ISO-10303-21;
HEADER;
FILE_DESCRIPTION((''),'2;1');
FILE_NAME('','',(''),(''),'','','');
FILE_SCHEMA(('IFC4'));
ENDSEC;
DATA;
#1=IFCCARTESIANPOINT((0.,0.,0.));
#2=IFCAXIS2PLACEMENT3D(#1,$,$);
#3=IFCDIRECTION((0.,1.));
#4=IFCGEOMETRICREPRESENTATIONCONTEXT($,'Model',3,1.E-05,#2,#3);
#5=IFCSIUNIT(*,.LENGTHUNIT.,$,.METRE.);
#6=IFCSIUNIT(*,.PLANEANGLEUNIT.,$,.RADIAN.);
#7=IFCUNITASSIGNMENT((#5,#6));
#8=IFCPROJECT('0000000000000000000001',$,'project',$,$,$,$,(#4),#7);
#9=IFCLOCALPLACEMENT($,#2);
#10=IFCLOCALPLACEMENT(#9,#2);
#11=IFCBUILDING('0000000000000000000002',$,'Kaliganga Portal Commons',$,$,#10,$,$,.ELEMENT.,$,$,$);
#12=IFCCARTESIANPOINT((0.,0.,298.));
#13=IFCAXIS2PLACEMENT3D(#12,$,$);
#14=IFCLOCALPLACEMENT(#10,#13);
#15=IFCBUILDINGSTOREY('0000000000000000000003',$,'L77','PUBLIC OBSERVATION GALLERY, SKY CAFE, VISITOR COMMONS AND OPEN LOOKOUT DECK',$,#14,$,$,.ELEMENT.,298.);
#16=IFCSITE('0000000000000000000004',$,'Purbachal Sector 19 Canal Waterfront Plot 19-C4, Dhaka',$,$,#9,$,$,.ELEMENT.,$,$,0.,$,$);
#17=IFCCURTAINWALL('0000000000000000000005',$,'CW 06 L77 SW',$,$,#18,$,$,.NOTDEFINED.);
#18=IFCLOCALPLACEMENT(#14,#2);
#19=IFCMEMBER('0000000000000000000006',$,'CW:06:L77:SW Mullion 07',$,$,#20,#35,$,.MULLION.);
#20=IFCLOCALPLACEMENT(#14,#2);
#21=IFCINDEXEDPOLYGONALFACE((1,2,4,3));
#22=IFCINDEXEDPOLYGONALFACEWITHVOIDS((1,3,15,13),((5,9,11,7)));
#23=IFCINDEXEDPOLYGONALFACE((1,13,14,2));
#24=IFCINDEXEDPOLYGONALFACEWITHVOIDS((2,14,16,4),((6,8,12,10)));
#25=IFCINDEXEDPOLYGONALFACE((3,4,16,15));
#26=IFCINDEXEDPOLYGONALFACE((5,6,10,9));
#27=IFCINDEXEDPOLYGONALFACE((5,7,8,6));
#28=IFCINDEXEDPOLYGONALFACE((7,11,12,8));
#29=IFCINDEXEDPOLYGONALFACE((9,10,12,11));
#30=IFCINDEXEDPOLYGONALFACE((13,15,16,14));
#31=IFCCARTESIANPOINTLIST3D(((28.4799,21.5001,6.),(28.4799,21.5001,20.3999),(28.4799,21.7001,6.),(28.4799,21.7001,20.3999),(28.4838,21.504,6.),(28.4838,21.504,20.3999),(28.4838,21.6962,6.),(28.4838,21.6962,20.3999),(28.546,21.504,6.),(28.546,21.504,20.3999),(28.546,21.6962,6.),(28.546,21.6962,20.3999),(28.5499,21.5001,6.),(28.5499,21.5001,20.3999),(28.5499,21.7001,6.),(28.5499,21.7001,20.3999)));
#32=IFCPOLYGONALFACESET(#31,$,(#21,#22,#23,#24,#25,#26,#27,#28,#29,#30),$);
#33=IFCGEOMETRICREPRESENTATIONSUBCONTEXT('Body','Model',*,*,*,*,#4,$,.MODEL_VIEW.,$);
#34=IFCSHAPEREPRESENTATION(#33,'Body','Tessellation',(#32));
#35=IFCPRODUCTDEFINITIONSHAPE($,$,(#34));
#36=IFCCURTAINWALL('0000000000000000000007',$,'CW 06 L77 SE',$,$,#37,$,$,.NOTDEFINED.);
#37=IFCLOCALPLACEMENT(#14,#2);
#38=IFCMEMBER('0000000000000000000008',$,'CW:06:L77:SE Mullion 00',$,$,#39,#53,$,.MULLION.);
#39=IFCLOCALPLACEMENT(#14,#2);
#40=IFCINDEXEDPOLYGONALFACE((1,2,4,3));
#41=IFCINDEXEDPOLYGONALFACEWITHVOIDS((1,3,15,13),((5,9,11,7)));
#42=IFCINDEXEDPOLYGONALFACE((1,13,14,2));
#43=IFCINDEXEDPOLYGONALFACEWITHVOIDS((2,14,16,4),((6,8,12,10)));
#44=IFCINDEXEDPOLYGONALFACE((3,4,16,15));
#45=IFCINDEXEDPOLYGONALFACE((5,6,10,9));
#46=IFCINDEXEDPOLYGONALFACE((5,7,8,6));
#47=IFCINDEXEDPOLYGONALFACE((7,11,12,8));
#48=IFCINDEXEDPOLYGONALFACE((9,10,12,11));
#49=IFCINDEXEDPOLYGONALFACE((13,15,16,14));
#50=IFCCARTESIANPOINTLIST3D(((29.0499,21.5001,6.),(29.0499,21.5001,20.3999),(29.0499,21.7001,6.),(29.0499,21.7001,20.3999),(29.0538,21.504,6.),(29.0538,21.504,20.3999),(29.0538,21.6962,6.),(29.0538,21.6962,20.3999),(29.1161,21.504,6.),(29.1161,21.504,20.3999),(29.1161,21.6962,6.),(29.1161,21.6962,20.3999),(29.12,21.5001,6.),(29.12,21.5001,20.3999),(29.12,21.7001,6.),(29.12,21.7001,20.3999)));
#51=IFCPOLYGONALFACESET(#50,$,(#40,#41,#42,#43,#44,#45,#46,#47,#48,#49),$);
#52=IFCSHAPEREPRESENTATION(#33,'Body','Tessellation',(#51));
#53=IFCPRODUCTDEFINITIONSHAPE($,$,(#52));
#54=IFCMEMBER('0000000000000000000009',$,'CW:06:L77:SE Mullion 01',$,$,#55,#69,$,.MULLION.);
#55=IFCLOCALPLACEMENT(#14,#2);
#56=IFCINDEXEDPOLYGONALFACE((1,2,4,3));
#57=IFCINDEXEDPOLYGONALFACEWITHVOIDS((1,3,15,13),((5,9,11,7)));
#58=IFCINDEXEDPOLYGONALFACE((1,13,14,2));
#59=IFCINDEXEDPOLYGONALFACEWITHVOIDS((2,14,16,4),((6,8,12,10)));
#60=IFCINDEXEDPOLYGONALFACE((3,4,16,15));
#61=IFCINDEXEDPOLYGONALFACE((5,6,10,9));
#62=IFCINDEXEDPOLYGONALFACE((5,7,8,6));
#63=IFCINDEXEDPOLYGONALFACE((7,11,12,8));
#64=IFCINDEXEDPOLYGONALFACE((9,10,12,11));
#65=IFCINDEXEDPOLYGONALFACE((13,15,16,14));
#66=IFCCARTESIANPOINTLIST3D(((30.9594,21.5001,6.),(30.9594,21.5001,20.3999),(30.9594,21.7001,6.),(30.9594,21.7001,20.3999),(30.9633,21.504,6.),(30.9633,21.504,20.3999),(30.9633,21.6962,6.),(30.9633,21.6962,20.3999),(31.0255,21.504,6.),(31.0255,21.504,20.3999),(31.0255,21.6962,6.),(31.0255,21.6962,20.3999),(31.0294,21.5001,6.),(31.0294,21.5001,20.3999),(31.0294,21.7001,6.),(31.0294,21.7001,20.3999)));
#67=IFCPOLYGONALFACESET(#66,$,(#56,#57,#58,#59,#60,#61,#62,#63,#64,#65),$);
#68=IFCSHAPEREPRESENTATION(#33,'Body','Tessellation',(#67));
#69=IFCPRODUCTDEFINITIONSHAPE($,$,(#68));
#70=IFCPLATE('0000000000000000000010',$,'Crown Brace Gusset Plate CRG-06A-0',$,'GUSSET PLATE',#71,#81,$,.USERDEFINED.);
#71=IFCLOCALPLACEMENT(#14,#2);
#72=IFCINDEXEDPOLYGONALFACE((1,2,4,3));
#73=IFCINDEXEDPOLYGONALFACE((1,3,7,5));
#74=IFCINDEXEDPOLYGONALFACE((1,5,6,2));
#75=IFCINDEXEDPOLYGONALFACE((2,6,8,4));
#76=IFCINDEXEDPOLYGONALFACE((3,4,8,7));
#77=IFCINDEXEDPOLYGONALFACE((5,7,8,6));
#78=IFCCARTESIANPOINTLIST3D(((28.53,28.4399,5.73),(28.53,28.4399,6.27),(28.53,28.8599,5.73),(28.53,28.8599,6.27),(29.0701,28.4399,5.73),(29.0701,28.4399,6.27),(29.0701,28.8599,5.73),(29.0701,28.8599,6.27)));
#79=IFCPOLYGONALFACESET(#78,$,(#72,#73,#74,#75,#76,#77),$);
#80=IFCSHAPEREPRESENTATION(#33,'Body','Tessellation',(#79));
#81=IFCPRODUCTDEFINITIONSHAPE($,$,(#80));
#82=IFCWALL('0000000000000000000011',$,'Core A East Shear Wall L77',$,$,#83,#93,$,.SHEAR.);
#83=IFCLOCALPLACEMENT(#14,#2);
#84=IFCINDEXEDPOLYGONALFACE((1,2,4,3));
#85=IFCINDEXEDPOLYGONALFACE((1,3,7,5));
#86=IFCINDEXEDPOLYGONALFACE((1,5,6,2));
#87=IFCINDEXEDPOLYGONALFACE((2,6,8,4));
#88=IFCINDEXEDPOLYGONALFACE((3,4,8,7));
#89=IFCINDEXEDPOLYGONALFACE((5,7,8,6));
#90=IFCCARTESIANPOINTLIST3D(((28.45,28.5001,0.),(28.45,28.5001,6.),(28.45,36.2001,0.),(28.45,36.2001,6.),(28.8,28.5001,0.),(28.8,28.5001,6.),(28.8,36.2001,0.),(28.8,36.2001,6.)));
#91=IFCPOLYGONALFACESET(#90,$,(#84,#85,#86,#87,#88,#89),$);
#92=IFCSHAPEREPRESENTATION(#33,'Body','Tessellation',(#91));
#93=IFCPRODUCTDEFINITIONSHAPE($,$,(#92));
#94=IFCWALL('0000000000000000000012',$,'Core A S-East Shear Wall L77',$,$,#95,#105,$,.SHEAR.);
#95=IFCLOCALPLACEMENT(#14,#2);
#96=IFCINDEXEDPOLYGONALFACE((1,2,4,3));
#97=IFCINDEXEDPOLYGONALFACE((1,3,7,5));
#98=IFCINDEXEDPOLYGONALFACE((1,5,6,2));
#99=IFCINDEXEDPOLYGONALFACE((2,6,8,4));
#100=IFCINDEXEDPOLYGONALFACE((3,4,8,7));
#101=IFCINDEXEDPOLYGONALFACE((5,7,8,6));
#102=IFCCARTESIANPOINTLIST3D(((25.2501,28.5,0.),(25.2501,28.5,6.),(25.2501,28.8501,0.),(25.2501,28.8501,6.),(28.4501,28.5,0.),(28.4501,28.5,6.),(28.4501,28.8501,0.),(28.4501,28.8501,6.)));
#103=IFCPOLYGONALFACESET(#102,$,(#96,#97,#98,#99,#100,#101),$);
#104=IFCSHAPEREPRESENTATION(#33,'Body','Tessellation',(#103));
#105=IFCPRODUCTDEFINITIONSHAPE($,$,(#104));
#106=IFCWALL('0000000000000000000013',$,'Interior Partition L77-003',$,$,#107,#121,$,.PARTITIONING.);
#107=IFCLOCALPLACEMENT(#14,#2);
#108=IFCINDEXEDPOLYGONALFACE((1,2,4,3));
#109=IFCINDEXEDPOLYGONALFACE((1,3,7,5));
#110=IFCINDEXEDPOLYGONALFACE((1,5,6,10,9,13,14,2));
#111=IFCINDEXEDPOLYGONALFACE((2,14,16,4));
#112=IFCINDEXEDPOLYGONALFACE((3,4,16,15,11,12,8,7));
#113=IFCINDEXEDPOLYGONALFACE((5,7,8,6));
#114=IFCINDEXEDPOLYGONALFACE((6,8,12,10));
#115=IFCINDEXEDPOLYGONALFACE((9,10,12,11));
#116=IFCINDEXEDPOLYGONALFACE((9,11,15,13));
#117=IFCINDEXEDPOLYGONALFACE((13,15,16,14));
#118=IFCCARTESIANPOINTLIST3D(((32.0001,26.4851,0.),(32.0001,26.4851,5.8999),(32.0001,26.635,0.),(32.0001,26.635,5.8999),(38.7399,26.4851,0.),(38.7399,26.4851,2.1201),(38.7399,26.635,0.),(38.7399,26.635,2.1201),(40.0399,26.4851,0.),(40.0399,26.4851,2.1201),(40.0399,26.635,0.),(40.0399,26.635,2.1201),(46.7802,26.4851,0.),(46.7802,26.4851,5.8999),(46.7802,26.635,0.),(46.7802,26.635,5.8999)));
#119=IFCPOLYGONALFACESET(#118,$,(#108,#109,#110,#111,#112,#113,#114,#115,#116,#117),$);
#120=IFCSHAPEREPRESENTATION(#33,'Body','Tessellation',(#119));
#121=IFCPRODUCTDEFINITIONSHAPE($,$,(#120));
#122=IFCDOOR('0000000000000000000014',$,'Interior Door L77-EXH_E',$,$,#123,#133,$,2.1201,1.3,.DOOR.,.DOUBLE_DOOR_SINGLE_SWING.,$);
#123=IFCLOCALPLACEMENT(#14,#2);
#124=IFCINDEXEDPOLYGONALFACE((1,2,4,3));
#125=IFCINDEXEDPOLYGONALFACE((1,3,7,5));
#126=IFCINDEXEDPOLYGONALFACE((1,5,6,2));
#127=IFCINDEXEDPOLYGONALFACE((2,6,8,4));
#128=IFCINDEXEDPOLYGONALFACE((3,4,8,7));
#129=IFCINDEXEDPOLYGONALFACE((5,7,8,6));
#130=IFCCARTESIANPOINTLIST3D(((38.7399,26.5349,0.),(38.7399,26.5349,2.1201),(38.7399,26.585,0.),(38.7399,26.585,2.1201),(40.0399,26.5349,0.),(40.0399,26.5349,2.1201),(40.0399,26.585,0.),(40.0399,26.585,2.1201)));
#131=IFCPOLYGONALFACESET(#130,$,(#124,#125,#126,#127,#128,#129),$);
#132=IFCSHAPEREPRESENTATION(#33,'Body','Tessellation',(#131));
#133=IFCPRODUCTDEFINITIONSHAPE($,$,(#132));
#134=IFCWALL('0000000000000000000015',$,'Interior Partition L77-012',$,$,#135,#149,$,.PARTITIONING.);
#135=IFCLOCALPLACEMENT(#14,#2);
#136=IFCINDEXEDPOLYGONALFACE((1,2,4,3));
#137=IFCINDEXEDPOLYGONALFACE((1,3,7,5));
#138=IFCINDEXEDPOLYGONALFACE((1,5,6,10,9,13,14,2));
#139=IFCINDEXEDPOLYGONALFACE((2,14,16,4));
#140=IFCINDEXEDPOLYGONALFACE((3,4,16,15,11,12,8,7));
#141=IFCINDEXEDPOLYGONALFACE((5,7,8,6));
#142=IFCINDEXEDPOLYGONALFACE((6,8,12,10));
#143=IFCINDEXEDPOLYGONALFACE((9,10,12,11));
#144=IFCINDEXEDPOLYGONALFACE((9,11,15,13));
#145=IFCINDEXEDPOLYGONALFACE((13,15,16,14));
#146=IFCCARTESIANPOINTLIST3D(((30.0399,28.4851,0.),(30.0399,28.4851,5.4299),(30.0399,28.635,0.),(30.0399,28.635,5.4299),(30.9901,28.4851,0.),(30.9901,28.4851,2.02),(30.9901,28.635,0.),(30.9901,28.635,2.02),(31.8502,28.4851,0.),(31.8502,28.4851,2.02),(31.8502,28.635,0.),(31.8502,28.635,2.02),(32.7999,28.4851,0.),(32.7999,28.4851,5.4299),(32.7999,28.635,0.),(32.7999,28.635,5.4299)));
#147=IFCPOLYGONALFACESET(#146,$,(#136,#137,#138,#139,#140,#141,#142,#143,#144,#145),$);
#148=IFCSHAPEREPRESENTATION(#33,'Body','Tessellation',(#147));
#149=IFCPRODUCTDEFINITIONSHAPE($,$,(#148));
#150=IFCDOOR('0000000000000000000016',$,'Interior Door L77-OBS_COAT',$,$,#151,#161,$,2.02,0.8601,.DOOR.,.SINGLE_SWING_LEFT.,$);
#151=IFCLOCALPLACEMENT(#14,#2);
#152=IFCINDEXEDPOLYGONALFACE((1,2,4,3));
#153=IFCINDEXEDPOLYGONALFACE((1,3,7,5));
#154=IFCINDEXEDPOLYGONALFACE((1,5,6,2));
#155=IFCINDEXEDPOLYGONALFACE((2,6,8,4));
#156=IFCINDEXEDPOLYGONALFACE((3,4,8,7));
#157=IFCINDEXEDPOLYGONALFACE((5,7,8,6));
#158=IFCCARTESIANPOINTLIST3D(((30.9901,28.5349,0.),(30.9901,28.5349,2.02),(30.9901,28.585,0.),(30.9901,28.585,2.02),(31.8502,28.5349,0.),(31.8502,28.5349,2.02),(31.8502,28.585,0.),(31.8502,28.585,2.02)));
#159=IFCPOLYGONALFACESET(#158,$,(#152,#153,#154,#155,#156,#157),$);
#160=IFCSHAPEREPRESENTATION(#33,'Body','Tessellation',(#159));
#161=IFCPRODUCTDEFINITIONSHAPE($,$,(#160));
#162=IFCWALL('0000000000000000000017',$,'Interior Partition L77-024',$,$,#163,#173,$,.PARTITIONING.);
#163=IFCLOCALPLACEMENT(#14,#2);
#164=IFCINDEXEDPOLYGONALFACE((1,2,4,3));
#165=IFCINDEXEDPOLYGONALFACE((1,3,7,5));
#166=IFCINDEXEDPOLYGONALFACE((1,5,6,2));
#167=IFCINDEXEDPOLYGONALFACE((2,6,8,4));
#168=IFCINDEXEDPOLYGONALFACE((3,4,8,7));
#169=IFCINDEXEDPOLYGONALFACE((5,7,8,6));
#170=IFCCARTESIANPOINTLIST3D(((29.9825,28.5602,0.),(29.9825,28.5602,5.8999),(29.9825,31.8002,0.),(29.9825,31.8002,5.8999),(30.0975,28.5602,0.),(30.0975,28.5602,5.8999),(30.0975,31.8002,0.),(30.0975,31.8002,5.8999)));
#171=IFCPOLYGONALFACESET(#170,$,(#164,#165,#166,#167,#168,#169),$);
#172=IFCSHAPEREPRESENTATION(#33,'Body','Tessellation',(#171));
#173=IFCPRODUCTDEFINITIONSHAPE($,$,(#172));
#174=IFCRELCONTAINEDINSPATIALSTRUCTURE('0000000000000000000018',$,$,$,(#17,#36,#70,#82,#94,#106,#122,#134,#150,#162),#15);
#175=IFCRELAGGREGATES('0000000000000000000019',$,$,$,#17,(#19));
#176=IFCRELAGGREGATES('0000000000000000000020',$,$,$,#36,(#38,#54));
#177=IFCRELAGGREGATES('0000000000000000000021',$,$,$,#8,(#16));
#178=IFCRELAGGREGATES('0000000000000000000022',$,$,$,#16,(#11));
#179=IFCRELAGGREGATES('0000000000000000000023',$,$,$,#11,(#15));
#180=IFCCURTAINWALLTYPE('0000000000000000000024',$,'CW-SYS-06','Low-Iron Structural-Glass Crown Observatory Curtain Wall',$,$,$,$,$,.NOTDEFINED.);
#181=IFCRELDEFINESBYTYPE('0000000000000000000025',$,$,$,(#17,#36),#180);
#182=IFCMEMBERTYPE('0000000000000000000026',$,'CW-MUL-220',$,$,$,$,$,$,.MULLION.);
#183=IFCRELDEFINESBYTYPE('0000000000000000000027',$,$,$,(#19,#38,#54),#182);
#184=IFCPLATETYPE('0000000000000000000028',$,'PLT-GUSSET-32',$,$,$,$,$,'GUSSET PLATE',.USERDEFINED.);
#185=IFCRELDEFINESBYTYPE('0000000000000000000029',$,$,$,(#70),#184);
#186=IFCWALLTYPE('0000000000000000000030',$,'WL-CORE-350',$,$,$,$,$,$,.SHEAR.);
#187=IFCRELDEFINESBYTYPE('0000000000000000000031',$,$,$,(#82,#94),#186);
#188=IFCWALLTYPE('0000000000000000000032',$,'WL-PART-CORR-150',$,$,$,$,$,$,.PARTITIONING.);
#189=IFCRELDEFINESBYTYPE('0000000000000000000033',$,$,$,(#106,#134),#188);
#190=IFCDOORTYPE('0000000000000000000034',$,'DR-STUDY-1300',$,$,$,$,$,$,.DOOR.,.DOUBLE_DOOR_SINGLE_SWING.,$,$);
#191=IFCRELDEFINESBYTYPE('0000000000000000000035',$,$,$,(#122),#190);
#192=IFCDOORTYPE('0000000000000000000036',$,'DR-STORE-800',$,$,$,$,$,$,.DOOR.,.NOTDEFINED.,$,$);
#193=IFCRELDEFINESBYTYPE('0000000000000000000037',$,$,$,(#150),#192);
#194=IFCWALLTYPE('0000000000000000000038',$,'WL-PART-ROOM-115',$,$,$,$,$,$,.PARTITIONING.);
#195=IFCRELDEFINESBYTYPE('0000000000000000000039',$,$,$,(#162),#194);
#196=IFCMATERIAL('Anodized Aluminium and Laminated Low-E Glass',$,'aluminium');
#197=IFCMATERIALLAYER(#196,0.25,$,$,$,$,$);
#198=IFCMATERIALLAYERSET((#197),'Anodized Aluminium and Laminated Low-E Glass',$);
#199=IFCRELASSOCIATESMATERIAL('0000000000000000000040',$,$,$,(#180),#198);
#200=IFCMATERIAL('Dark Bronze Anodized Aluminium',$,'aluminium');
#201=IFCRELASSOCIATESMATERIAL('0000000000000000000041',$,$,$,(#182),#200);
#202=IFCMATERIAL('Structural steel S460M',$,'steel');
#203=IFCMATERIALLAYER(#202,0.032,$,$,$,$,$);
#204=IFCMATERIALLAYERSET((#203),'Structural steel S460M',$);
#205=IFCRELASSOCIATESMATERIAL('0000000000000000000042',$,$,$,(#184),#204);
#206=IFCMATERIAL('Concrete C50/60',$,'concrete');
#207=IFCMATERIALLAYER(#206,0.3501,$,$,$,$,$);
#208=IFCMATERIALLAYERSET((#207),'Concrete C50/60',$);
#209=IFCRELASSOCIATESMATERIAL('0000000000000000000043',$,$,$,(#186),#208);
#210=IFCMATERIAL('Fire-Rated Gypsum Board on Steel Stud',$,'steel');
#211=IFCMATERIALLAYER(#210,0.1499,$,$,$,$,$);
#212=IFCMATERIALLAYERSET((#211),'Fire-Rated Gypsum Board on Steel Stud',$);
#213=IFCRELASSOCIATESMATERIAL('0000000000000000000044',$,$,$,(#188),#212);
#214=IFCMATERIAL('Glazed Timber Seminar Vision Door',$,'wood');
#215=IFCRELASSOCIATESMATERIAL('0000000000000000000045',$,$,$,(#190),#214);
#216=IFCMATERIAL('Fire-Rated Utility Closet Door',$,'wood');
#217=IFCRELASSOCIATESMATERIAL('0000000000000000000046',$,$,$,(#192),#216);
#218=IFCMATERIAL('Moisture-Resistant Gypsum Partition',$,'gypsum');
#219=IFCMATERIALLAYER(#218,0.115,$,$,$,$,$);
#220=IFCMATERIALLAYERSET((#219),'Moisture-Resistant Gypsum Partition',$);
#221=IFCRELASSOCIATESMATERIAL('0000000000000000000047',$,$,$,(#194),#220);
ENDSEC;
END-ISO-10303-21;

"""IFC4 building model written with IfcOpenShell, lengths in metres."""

from ifc_helpers import new_model, si_unit, direction, frame, frame_2d, origin, origin_2d, place, context, subcontext, project, spatial, rectangle, hollow_rectangle, extrude, source, transform, mapped, material, layer, layer_set, material_profile, profile_set, type_object, element, fill, aggregate, save


model = new_model("IFC4")

# Units and contexts
model_context = context("Model", 3, precision=1e-05, world=origin(), true_north=direction((0.0, 1.0)))
body_context = subcontext(model_context, "Body", "Model", "MODEL_VIEW")
ifc_project = project(units=[si_unit("LENGTHUNIT", "METRE"), si_unit("PLANEANGLEUNIT", "RADIAN")], contexts=[model_context])

# Site, building, storey
site_placement = place(None, origin())
site = spatial("IfcSite", under=ifc_project, at=site_placement, Name="Purbachal Sector 19 Canal Waterfront Plot 19-C4, Dhaka", CompositionType="ELEMENT", RefElevation=0.0)
building_placement = place(site_placement, origin())
building = spatial("IfcBuilding", under=site, at=building_placement, Name="Kaliganga Portal Commons", CompositionType="ELEMENT")
storey_placement = place(building_placement, frame((0.0, 0.0, 298.0)))
storey = spatial("IfcBuildingStorey", under=building, at=storey_placement, Name="L77", Description="PUBLIC OBSERVATION GALLERY, SKY CAFE, VISITOR COMMONS AND OPEN LOOKOUT DECK", CompositionType="ELEMENT", Elevation=298.0)

# Shared definitions
ifc_material_1 = material(Name="Concrete C50/60", Category="concrete")
ifc_material_2 = material(Name="Structural steel S460M", Category="steel")

# Curtain walls, members
ifc_material_3 = material(Name="Anodized Aluminium and Laminated Low-E Glass", Category="aluminium")
ifc_layer_1 = layer(ifc_material_3, 0.25)
ifc_layer_set_1 = layer_set([ifc_layer_1], Name="Anodized Aluminium and Laminated Low-E Glass")
curtain_wall_type = type_object("IfcCurtainWallType", Name="CW-SYS-06", Description="Low-Iron Structural-Glass Crown Observatory Curtain Wall", PredefinedType="NOTDEFINED", material=ifc_layer_set_1)
curtain_wall_1_placement = place(storey_placement, origin())
curtain_wall_1 = element("IfcCurtainWall", 1, at=curtain_wall_1_placement, inside=storey, type_object=curtain_wall_type, Name="CW 06 L77 SW", PredefinedType="NOTDEFINED")
ifc_material_4 = material(Name="Dark Bronze Anodized Aluminium", Category="aluminium")
ifc_material_profile_1 = material_profile(ifc_material_4, hollow_rectangle(XDim=0.0701, YDim=0.2, WallThickness=0.0039, at=origin_2d()), Name="ALU MULL 70x200x4")
ifc_profile_set_1 = profile_set([ifc_material_profile_1], Name="Dark Bronze Anodized Aluminium")
member_type_1 = type_object("IfcMemberType", Name="CW-MUL-220", PredefinedType="MULLION", material=ifc_profile_set_1)
shared_shape_1 = source(origin(), body_context, "Body", "SweptSolid", [
    extrude(hollow_rectangle(XDim=0.0701, YDim=0.2, WallThickness=0.0039, at=origin_2d()), origin(), (0.0, 0.0, 1.0), 14.3999),
])
member_1_placement = place(storey_placement, frame((28.5149, 21.6001, 6.0), z_axis=(0.0, 0.0, 1.0), x_axis=(1.0, 0.0, 0.0)))
member_1 = element("IfcMember", 2, at=member_1_placement, type_object=member_type_1, Name="CW:06:L77:SW Mullion 07", PredefinedType="MULLION", context=body_context, shape_type="MappedRepresentation", body=[
    mapped(shared_shape_1, transform((0.0, 0.0, 0.0), x_axis=(1.0, 0.0, 0.0), y_axis=(0.0, 1.0, 0.0), z_axis=(0.0, 0.0, 1.0), scale=1.0)),
])
aggregate(curtain_wall_1, [member_1])
curtain_wall_2_placement = place(storey_placement, origin())
curtain_wall_2 = element("IfcCurtainWall", 3, at=curtain_wall_2_placement, inside=storey, type_object=curtain_wall_type, Name="CW 06 L77 SE", PredefinedType="NOTDEFINED")
member_2_placement = place(storey_placement, frame((29.085, 21.6001, 6.0), z_axis=(0.0, 0.0, 1.0), x_axis=(1.0, 0.0, 0.0)))
member_2 = element("IfcMember", 4, at=member_2_placement, type_object=member_type_1, Name="CW:06:L77:SE Mullion 00", PredefinedType="MULLION", context=body_context, shape_type="MappedRepresentation", body=[
    mapped(shared_shape_1, transform((0.0, 0.0, 0.0), x_axis=(1.0, 0.0, 0.0), y_axis=(0.0, 1.0, 0.0), z_axis=(0.0, 0.0, 1.0), scale=1.0)),
])
member_3_placement = place(storey_placement, frame((30.9944, 21.6001, 6.0), z_axis=(0.0, 0.0, 1.0), x_axis=(1.0, 0.0, 0.0)))
member_3 = element("IfcMember", 5, at=member_3_placement, type_object=member_type_1, Name="CW:06:L77:SE Mullion 01", PredefinedType="MULLION", context=body_context, shape_type="MappedRepresentation", body=[
    mapped(shared_shape_1, transform((0.0, 0.0, 0.0), x_axis=(1.0, 0.0, 0.0), y_axis=(0.0, 1.0, 0.0), z_axis=(0.0, 0.0, 1.0), scale=1.0)),
])
aggregate(curtain_wall_2, [member_2, member_3])

# Plate
ifc_layer_2 = layer(ifc_material_2, 0.032)
ifc_layer_set_2 = layer_set([ifc_layer_2], Name="Structural steel S460M")
plate_type = type_object("IfcPlateType", Name="PLT-GUSSET-32", ElementType="GUSSET PLATE", PredefinedType="USERDEFINED", material=ifc_layer_set_2)
shared_shape_2 = source(origin(), body_context, "Body", "SweptSolid", [
    extrude(rectangle(XDim=0.54, YDim=0.4199, at=origin_2d()), origin(), (0.0, 0.0, 1.0), 0.54),
])
plate_placement = place(storey_placement, frame((28.8, 28.6499, 5.73), z_axis=(0.0, 0.0, 1.0), x_axis=(1.0, 0.0, 0.0)))
element("IfcPlate", 6, at=plate_placement, inside=storey, type_object=plate_type, Name="Crown Brace Gusset Plate CRG-06A-0", ObjectType="GUSSET PLATE", PredefinedType="USERDEFINED", context=body_context, shape_type="MappedRepresentation", body=[
    mapped(shared_shape_2, transform((0.0, 0.0, 0.0), x_axis=(1.0, 0.0, 0.0), y_axis=(0.0, 1.0, 0.0), z_axis=(0.0, 0.0, 1.0), scale=1.0)),
])

# Walls
ifc_layer_3 = layer(ifc_material_1, 0.3501)
ifc_layer_set_3 = layer_set([ifc_layer_3], Name="Concrete C50/60")
wall_type_1 = type_object("IfcWallType", Name="WL-CORE-350", PredefinedType="SHEAR", material=ifc_layer_set_3)
wall_1_placement = place(storey_placement, frame((28.625, 28.5, 0.0), z_axis=(0.0, 0.0, 1.0), x_axis=(0.0, 1.0, 0.0)))
element("IfcWall", 7, at=wall_1_placement, inside=storey, type_object=wall_type_1, Name="Core A East Shear Wall L77", PredefinedType="SHEAR", context=body_context, shape_type="SweptSolid", body=[
    extrude(rectangle(XDim=7.7, YDim=0.3501, at=frame_2d((3.8501, 0.0))), origin(), (0.0, 0.0, 1.0), 6.0),
])
wall_2_placement = place(storey_placement, frame((25.25, 28.675, 0.0), z_axis=(0.0, 0.0, 1.0), x_axis=(1.0, 0.0, 0.0)))
element("IfcWall", 8, at=wall_2_placement, inside=storey, type_object=wall_type_1, Name="Core A S-East Shear Wall L77", PredefinedType="SHEAR", context=body_context, shape_type="SweptSolid", body=[
    extrude(rectangle(XDim=3.2, YDim=0.3501, at=frame_2d((1.6001, 0.0))), origin(), (0.0, 0.0, 1.0), 6.0),
])

# Walls, openings, doors
ifc_material_5 = material(Name="Fire-Rated Gypsum Board on Steel Stud", Category="steel")
ifc_layer_4 = layer(ifc_material_5, 0.1499)
ifc_layer_set_4 = layer_set([ifc_layer_4], Name="Fire-Rated Gypsum Board on Steel Stud")
wall_type_2 = type_object("IfcWallType", Name="WL-PART-CORR-150", PredefinedType="PARTITIONING", material=ifc_layer_set_4)
wall_3_placement = place(storey_placement, frame((32.0, 26.5601, 0.0), z_axis=(0.0, 0.0, 1.0), x_axis=(1.0, 0.0, 0.0)))
wall_3 = element("IfcWall", 9, at=wall_3_placement, inside=storey, type_object=wall_type_2, Name="Interior Partition L77-003", PredefinedType="PARTITIONING", context=body_context, shape_type="SweptSolid", body=[
    extrude(rectangle(XDim=14.78, YDim=0.1499, at=frame_2d((7.3901, 0.0))), origin(), (0.0, 0.0, 1.0), 5.8999),
])
opening_1_placement = place(wall_3_placement, frame((6.74, 0.0, 0.0)))
opening_1 = element("IfcOpeningElement", 10, at=opening_1_placement, cuts=wall_3, PredefinedType="OPENING", context=body_context, shape_type="SweptSolid", body=[
    extrude(rectangle(XDim=1.3, YDim=2.1201, at=frame_2d((0.6499, 1.0601))), frame((0.0, 0.085, 0.0), z_axis=(0.0, -1.0, 0.0), x_axis=(1.0, 0.0, 0.0)), (0.0, 0.0, 1.0), 0.1699),
])
ifc_material_6 = material(Name="Glazed Timber Seminar Vision Door", Category="wood")
door_type_1 = type_object("IfcDoorType", Name="DR-STUDY-1300", OperationType="DOUBLE_DOOR_SINGLE_SWING", PredefinedType="DOOR", material=ifc_material_6)
door_1_placement = place(opening_1_placement, origin())
door_1 = element("IfcDoor", 11, at=door_1_placement, inside=storey, type_object=door_type_1, Name="Interior Door L77-EXH_E", OperationType="DOUBLE_DOOR_SINGLE_SWING", OverallHeight=2.1201, OverallWidth=1.3, PredefinedType="DOOR", context=body_context, shape_type="SweptSolid", body=[
    extrude(rectangle(XDim=1.3, YDim=2.1201, at=frame_2d((0.6499, 1.0601))), frame((0.0, 0.0249, 0.0), z_axis=(0.0, -1.0, 0.0), x_axis=(1.0, 0.0, 0.0)), (0.0, 0.0, 1.0), 0.05),
])
fill(opening_1, door_1)
wall_4_placement = place(storey_placement, frame((30.04, 28.5601, 0.0), z_axis=(0.0, 0.0, 1.0), x_axis=(1.0, 0.0, 0.0)))
wall_4 = element("IfcWall", 12, at=wall_4_placement, inside=storey, type_object=wall_type_2, Name="Interior Partition L77-012", PredefinedType="PARTITIONING", context=body_context, shape_type="SweptSolid", body=[
    extrude(rectangle(XDim=2.76, YDim=0.1499, at=frame_2d((1.3799, 0.0))), origin(), (0.0, 0.0, 1.0), 5.4299),
])
opening_2_placement = place(wall_4_placement, frame((0.95, 0.0, 0.0)))
opening_2 = element("IfcOpeningElement", 13, at=opening_2_placement, cuts=wall_4, PredefinedType="OPENING", context=body_context, shape_type="SweptSolid", body=[
    extrude(rectangle(XDim=0.8601, YDim=2.02, at=frame_2d((0.4302, 1.01))), frame((0.0, 0.085, 0.0), z_axis=(0.0, -1.0, 0.0), x_axis=(1.0, 0.0, 0.0)), (0.0, 0.0, 1.0), 0.1699),
])
ifc_material_7 = material(Name="Fire-Rated Utility Closet Door", Category="wood")
door_type_2 = type_object("IfcDoorType", Name="DR-STORE-800", OperationType="NOTDEFINED", PredefinedType="DOOR", material=ifc_material_7)
door_2_placement = place(opening_2_placement, origin())
door_2 = element("IfcDoor", 14, at=door_2_placement, inside=storey, type_object=door_type_2, Name="Interior Door L77-OBS_COAT", OperationType="SINGLE_SWING_LEFT", OverallHeight=2.02, OverallWidth=0.8601, PredefinedType="DOOR", context=body_context, shape_type="SweptSolid", body=[
    extrude(rectangle(XDim=0.8601, YDim=2.02, at=frame_2d((0.4302, 1.01))), frame((0.0, 0.0249, 0.0), z_axis=(0.0, -1.0, 0.0), x_axis=(1.0, 0.0, 0.0)), (0.0, 0.0, 1.0), 0.05),
])
fill(opening_2, door_2)

# Wall
ifc_material_8 = material(Name="Moisture-Resistant Gypsum Partition", Category="gypsum")
ifc_layer_5 = layer(ifc_material_8, 0.115)
ifc_layer_set_5 = layer_set([ifc_layer_5], Name="Moisture-Resistant Gypsum Partition")
wall_type_3 = type_object("IfcWallType", Name="WL-PART-ROOM-115", PredefinedType="PARTITIONING", material=ifc_layer_set_5)
wall_5_placement = place(storey_placement, frame((30.04, 28.5601, 0.0), z_axis=(0.0, 0.0, 1.0), x_axis=(0.0, 1.0, 0.0)))
element("IfcWall", 15, at=wall_5_placement, inside=storey, type_object=wall_type_3, Name="Interior Partition L77-024", PredefinedType="PARTITIONING", context=body_context, shape_type="SweptSolid", body=[
    extrude(rectangle(XDim=3.24, YDim=0.115, at=frame_2d((1.6201, 0.0))), origin(), (0.0, 0.0, 1.0), 5.8999),
])

save(model, "model.ifc")
